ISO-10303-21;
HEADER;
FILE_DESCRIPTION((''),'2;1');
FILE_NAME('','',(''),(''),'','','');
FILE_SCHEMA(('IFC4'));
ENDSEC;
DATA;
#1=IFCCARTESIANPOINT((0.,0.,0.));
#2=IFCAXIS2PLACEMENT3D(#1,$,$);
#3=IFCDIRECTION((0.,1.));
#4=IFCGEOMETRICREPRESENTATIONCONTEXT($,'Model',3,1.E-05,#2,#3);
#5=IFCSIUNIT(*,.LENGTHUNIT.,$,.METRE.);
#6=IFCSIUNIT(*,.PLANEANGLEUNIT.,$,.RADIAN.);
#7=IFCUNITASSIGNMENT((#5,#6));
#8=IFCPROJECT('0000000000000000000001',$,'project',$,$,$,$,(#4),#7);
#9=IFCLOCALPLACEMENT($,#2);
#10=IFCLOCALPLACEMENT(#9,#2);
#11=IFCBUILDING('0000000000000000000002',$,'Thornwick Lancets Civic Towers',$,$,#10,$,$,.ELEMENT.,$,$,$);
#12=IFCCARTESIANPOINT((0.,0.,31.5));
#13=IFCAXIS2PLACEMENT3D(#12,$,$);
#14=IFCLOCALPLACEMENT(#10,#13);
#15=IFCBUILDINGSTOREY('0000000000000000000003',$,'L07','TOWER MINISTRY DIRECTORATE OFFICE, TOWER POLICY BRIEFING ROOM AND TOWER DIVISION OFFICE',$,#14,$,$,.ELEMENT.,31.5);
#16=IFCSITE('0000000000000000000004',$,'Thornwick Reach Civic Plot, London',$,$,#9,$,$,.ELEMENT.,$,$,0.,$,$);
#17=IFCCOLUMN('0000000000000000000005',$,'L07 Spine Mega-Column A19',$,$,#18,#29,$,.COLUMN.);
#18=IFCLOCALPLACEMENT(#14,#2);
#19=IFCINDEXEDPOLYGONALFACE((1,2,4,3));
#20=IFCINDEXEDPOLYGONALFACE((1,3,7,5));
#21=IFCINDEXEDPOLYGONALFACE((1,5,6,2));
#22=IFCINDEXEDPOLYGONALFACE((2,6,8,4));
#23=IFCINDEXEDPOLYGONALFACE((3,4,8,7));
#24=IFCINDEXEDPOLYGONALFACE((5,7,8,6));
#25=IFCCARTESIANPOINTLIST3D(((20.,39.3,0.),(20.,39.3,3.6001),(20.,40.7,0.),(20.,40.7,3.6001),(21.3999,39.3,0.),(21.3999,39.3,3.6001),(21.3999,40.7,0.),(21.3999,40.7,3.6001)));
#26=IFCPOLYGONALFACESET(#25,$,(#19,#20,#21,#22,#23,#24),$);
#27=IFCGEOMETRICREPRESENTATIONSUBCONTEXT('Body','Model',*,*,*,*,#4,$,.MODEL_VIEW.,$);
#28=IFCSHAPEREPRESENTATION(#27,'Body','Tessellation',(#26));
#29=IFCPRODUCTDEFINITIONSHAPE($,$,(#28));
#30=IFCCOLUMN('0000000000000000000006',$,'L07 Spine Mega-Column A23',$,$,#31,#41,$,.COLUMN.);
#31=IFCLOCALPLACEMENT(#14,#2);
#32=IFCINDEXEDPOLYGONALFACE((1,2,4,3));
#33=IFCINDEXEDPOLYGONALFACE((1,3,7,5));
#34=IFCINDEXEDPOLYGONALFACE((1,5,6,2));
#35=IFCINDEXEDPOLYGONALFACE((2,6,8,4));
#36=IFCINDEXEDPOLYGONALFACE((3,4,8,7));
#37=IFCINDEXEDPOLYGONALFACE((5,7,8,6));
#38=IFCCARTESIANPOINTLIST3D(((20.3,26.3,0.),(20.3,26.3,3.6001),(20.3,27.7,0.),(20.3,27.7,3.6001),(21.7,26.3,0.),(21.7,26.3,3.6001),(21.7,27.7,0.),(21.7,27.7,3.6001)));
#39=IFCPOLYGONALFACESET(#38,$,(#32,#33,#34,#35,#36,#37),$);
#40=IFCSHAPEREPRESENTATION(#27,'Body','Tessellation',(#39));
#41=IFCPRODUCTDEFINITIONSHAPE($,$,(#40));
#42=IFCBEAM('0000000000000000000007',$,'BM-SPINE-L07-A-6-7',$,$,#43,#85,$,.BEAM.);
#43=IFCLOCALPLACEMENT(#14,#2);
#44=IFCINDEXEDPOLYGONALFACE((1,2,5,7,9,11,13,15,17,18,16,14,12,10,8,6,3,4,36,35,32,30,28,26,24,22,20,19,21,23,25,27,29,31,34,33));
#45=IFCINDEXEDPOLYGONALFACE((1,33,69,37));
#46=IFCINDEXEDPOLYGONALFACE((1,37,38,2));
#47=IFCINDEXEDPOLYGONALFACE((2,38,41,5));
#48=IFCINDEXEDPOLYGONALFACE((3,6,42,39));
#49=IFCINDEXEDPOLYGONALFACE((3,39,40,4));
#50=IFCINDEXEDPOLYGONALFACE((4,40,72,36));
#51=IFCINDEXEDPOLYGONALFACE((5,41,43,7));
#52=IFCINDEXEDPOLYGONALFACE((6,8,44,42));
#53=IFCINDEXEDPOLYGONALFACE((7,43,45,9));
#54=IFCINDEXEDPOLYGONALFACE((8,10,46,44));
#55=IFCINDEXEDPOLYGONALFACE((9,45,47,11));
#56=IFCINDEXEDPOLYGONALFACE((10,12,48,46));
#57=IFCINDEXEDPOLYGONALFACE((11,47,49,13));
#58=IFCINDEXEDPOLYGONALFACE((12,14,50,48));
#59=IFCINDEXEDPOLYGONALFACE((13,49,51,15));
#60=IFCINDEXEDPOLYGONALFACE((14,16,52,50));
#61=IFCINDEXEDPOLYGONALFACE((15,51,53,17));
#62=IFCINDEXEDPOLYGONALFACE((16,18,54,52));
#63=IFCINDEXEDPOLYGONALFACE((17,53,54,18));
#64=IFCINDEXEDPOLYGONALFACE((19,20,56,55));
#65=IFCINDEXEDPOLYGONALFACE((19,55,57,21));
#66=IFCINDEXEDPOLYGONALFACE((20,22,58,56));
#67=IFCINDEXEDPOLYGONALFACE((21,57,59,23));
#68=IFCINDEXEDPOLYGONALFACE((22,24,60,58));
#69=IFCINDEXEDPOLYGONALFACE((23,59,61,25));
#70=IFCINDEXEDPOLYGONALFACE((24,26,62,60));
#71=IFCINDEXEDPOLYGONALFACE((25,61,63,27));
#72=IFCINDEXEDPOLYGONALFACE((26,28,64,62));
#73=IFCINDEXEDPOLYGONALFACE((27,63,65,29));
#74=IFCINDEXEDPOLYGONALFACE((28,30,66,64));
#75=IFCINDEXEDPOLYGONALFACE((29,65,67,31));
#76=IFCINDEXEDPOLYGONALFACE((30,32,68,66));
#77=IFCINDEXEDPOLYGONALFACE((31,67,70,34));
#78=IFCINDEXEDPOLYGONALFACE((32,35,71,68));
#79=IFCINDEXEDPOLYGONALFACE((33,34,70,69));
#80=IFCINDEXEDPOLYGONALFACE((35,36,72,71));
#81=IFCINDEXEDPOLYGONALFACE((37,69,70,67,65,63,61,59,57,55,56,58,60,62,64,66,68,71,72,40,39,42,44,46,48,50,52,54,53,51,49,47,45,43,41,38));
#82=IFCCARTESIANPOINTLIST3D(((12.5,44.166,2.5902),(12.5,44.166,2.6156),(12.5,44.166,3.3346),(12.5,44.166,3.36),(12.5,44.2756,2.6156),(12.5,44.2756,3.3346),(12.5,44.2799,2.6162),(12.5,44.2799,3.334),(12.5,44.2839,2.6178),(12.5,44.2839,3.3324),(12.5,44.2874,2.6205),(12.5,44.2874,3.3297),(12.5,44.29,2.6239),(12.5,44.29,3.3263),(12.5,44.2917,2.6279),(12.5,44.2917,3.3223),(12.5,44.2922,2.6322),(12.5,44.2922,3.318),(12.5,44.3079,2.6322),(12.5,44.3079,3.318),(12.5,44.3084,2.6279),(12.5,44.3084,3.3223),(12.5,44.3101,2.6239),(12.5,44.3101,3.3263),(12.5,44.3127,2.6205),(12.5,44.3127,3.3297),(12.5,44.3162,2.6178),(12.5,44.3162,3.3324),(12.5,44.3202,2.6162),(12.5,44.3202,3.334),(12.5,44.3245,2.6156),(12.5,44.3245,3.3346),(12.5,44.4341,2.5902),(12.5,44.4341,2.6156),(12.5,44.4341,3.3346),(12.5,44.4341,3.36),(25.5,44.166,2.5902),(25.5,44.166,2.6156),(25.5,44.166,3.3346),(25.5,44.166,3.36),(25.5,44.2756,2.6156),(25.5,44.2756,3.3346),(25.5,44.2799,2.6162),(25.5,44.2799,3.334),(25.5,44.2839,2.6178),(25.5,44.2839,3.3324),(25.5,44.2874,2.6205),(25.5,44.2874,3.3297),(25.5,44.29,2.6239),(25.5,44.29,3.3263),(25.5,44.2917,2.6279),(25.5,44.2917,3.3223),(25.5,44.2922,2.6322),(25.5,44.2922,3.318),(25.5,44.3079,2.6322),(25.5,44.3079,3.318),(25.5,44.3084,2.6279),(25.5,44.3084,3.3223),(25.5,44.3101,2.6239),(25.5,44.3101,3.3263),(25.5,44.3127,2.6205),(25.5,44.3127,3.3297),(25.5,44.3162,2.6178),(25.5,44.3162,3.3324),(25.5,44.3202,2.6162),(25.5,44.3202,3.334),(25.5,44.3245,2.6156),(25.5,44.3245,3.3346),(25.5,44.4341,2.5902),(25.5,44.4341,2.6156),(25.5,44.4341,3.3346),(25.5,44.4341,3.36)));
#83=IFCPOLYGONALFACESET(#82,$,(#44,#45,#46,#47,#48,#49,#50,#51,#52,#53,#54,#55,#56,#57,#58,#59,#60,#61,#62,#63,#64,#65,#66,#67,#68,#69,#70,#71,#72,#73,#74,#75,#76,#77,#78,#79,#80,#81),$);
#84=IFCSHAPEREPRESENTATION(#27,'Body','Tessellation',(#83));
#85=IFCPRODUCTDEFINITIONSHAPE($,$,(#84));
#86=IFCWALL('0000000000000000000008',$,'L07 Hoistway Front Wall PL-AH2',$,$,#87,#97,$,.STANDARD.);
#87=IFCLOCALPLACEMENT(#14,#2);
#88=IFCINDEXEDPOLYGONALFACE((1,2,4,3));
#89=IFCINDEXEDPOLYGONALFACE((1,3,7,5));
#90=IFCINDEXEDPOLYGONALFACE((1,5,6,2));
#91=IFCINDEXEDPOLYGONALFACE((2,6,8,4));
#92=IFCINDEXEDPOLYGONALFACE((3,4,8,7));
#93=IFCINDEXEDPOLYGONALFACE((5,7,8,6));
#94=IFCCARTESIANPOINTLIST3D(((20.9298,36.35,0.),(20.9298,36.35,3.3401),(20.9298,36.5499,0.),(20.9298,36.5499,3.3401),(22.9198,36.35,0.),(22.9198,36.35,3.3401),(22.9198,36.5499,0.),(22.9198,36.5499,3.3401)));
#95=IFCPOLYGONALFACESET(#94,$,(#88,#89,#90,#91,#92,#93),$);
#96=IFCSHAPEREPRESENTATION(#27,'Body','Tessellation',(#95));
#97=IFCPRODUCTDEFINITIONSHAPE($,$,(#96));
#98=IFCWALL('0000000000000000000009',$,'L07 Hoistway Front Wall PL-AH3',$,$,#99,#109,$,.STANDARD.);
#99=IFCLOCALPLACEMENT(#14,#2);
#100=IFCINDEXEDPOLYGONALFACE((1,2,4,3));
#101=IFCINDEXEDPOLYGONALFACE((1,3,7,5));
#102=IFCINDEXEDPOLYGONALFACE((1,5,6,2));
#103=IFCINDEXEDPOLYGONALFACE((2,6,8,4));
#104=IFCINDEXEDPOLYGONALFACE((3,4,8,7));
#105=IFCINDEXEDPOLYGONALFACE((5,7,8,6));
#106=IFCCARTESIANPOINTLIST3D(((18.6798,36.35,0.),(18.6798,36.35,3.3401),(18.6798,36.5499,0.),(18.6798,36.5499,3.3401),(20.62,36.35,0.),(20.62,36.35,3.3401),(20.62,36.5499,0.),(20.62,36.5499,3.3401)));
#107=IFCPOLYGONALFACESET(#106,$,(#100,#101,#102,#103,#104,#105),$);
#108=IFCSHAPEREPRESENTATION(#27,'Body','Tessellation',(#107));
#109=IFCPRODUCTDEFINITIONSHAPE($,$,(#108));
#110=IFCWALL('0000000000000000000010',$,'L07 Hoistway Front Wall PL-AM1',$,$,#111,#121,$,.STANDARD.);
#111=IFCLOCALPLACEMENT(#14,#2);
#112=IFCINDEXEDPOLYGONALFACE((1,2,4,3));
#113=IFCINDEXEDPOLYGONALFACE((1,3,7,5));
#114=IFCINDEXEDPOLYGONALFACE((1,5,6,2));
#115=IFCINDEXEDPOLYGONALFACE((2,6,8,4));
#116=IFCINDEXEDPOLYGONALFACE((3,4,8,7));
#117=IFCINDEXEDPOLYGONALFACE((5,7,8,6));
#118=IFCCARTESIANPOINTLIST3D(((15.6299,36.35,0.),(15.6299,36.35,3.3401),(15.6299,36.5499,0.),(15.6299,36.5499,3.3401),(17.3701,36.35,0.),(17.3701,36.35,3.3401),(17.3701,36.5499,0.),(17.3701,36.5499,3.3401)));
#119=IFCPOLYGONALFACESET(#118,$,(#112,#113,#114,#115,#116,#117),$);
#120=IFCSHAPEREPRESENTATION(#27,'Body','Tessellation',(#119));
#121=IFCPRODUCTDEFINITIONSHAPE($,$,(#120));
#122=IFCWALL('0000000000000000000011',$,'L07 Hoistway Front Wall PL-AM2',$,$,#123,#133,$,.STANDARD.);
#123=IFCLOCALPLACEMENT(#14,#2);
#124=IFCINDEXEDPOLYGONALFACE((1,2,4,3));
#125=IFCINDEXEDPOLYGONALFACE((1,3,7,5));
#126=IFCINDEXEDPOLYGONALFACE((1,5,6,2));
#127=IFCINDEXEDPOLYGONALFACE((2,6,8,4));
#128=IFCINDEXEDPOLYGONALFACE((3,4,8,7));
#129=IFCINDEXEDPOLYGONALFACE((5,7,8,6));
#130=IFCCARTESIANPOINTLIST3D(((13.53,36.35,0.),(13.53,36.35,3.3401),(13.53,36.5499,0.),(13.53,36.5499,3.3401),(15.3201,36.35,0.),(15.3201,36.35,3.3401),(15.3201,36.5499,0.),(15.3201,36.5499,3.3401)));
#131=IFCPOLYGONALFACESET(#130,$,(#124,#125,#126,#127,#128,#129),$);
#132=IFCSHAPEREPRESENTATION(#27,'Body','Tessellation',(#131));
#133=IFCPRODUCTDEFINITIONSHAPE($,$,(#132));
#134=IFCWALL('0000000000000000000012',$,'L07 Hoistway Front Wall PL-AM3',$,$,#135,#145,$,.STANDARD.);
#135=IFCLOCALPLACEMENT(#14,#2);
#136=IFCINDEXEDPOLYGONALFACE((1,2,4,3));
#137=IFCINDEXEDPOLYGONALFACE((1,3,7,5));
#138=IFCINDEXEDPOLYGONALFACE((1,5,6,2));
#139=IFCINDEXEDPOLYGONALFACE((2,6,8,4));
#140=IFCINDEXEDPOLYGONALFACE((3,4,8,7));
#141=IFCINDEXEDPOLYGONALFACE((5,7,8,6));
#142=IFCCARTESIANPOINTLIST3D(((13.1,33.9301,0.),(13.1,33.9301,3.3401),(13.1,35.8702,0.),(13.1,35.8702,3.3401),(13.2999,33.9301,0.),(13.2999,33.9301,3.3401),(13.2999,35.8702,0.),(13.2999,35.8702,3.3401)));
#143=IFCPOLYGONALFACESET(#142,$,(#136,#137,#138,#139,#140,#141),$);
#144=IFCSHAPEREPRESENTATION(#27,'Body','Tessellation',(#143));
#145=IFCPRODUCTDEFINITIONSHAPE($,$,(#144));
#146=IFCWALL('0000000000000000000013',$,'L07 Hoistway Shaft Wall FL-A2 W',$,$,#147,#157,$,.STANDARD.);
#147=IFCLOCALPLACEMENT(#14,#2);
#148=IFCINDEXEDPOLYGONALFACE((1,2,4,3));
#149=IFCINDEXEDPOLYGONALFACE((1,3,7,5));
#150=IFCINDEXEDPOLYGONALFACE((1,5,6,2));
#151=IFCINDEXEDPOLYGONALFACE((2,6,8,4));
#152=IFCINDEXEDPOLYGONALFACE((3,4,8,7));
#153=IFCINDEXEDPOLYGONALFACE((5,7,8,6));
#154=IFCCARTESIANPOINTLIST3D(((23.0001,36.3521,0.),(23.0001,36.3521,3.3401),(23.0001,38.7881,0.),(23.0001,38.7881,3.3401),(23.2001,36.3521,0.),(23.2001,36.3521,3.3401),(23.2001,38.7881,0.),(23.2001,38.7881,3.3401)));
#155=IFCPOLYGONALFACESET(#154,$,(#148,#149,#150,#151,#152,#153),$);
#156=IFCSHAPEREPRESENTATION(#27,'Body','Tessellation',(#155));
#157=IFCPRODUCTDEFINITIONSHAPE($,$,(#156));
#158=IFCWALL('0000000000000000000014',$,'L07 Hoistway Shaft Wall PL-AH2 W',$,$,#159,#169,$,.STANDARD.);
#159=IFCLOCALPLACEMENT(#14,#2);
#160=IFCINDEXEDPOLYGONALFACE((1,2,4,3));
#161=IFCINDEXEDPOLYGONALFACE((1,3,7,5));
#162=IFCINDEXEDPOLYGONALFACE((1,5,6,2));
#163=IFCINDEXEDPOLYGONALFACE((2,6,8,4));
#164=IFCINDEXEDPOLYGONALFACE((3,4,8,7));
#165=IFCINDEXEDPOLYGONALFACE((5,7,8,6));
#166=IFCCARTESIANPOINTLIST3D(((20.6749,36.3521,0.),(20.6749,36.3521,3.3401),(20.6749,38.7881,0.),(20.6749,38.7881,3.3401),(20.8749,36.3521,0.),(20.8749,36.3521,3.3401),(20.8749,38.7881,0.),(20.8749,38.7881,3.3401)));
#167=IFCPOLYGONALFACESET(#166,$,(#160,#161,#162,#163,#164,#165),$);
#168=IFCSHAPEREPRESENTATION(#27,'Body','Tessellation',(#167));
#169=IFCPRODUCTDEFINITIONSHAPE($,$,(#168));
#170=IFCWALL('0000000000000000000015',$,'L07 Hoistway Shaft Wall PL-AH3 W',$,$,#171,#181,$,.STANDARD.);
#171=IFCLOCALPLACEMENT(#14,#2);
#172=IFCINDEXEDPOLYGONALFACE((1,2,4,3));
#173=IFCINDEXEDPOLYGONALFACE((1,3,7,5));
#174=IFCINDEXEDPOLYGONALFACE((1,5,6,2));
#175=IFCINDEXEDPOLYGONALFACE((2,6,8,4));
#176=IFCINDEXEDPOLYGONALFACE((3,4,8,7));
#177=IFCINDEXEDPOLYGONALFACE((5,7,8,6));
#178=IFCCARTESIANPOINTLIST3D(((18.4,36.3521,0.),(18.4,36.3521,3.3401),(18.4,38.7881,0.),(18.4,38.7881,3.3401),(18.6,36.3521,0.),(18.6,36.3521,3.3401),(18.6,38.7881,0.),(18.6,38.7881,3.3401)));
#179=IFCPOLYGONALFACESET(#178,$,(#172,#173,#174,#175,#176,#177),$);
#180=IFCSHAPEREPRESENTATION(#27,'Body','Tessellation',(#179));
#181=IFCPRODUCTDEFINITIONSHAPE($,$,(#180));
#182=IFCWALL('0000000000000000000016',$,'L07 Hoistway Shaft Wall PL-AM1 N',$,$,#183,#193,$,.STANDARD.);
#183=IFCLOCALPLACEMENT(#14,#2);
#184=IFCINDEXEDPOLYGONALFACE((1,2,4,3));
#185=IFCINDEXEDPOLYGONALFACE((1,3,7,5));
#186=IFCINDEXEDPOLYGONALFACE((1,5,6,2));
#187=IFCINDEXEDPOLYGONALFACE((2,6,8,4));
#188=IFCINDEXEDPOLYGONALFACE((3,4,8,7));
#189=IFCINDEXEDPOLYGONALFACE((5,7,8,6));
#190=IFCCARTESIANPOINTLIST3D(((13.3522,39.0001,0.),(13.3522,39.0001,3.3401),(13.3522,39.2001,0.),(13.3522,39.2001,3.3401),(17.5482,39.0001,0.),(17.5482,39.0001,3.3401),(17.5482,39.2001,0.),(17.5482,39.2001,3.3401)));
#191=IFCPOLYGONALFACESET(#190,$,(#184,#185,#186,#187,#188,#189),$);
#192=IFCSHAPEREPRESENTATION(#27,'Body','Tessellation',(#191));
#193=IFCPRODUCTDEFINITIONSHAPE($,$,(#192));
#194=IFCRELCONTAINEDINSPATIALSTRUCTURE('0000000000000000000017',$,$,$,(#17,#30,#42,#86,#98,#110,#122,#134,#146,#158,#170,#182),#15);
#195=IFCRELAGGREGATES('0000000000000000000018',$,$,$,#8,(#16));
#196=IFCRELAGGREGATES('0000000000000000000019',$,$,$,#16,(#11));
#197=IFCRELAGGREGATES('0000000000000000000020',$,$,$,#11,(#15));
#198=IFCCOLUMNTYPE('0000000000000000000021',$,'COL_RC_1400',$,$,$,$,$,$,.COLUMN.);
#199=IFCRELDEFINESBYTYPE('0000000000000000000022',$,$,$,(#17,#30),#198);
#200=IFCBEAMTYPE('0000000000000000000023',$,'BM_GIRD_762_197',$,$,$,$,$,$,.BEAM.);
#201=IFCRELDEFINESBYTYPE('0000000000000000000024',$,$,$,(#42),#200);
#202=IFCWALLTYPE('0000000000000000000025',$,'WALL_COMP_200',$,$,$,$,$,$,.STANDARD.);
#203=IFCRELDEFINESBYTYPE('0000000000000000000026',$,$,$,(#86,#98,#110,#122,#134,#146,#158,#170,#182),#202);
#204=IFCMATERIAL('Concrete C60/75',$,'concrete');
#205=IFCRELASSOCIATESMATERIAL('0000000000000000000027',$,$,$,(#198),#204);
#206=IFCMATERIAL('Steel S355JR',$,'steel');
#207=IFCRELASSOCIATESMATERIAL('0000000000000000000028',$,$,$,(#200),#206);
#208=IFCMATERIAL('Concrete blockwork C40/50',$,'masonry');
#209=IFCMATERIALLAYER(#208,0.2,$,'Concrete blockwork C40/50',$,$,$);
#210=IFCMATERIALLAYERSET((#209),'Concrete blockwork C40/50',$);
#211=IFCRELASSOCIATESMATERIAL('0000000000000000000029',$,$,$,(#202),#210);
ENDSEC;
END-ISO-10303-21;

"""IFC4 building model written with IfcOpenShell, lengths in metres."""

from ifc_helpers import new_model, si_unit, direction, frame, frame_2d, origin, origin_2d, place, context, subcontext, project, spatial, rectangle, i_section, extrude, material, layer, layer_set, material_profile, profile_set, type_object, element, save


model = new_model("IFC4")

# Units and contexts
model_context = context("Model", 3, precision=1e-05, world=origin(), true_north=direction((0.0, 1.0)))
body_context = subcontext(model_context, "Body", "Model", "MODEL_VIEW")
ifc_project = project(units=[si_unit("LENGTHUNIT", "METRE"), si_unit("PLANEANGLEUNIT", "RADIAN")], contexts=[model_context])

# Site, building, storey
site_placement = place(None, origin())
site = spatial("IfcSite", under=ifc_project, at=site_placement, Name="Thornwick Reach Civic Plot, London", CompositionType="ELEMENT", RefElevation=0.0)
building_placement = place(site_placement, origin())
building = spatial("IfcBuilding", under=site, at=building_placement, Name="Thornwick Lancets Civic Towers", CompositionType="ELEMENT")
storey_placement = place(building_placement, frame((0.0, 0.0, 31.5)))
storey = spatial("IfcBuildingStorey", under=building, at=storey_placement, Name="L07", Description="TOWER MINISTRY DIRECTORATE OFFICE, TOWER POLICY BRIEFING ROOM AND TOWER DIVISION OFFICE", CompositionType="ELEMENT", Elevation=31.5)

# Columns
ifc_material_1 = material(Name="Concrete C60/75", Category="concrete")
ifc_material_profile_1 = material_profile(ifc_material_1, rectangle(XDim=1.3999, YDim=1.3999, at=origin_2d()), Name="RC 1400x1400")
ifc_profile_set_1 = profile_set([ifc_material_profile_1], Name="Concrete C60/75")
column_type = type_object("IfcColumnType", Name="COL_RC_1400", PredefinedType="COLUMN", material=ifc_profile_set_1)
for number, where, z_axis, x_axis, name in (
    (1, (20.7, 40.0, 0.0), (0.0, 0.0, 1.0), (1.0, 0.0, 0.0), "L07 Spine Mega-Column A19"),
    (2, (21.0, 27.0, 0.0), (0.0, 0.0, 1.0), (1.0, 0.0, 0.0), "L07 Spine Mega-Column A23"),
):
    element("IfcColumn", number, at=place(storey_placement, frame(where, z_axis=z_axis, x_axis=x_axis)), inside=storey, type_object=column_type, Name=name, PredefinedType="COLUMN", context=body_context, shape_type="SweptSolid", body=[
        extrude(rectangle(XDim=1.3999, YDim=1.3999, at=origin_2d()), origin(), (0.0, 0.0, 1.0), 3.6001),
    ])

# Beam
ifc_material_2 = material(Name="Steel S355JR", Category="steel")
ifc_material_profile_2 = material_profile(ifc_material_2, i_section(OverallWidth=0.2681, OverallDepth=0.7698, WebThickness=0.0156, FlangeThickness=0.0254, FilletRadius=0.0166, at=origin_2d()), Name="UKB 762x267x197")
ifc_profile_set_2 = profile_set([ifc_material_profile_2], Name="Steel S355JR")
beam_type = type_object("IfcBeamType", Name="BM_GIRD_762_197", PredefinedType="BEAM", material=ifc_profile_set_2)
beam_placement = place(storey_placement, frame((12.5, 44.3, 2.9751), z_axis=(1.0, 0.0, 0.0), x_axis=(0.0, 1.0, 0.0)))
element("IfcBeam", 3, at=beam_placement, inside=storey, type_object=beam_type, Name="BM-SPINE-L07-A-6-7", PredefinedType="BEAM", context=body_context, shape_type="SweptSolid", body=[
    extrude(i_section(OverallWidth=0.2681, OverallDepth=0.7698, WebThickness=0.0156, FlangeThickness=0.0254, FilletRadius=0.0166, at=origin_2d()), origin(), (0.0, 0.0, 1.0), 13.0),
])

# Walls
ifc_material_3 = material(Name="Concrete blockwork C40/50", Category="masonry")
ifc_layer_1 = layer(ifc_material_3, 0.2, Name="Concrete blockwork C40/50")
ifc_layer_set_1 = layer_set([ifc_layer_1], Name="Concrete blockwork C40/50")
wall_type_1 = type_object("IfcWallType", Name="WALL_COMP_200", PredefinedType="STANDARD", material=ifc_layer_set_1)
wall_1_placement = place(storey_placement, frame((22.9199, 36.45, 0.0), z_axis=(0.0, 0.0, 1.0), x_axis=(-1.0, 0.0, 0.0)))
element("IfcWall", 4, at=wall_1_placement, inside=storey, type_object=wall_type_1, Name="L07 Hoistway Front Wall PL-AH2", PredefinedType="STANDARD", context=body_context, shape_type="SweptSolid", body=[
    extrude(rectangle(XDim=1.99, YDim=0.2, at=frame_2d((0.9951, 0.0))), origin(), (0.0, 0.0, 1.0), 3.3401),
])
wall_2_placement = place(storey_placement, frame((20.6201, 36.45, 0.0), z_axis=(0.0, 0.0, 1.0), x_axis=(-1.0, 0.0, 0.0)))
element("IfcWall", 5, at=wall_2_placement, inside=storey, type_object=wall_type_1, Name="L07 Hoistway Front Wall PL-AH3", PredefinedType="STANDARD", context=body_context, shape_type="SweptSolid", body=[
    extrude(rectangle(XDim=1.9402, YDim=0.2, at=frame_2d((0.9702, 0.0))), origin(), (0.0, 0.0, 1.0), 3.3401),
])
wall_3_placement = place(storey_placement, frame((17.3701, 36.45, 0.0), z_axis=(0.0, 0.0, 1.0), x_axis=(-1.0, 0.0, 0.0)))
element("IfcWall", 6, at=wall_3_placement, inside=storey, type_object=wall_type_1, Name="L07 Hoistway Front Wall PL-AM1", PredefinedType="STANDARD", context=body_context, shape_type="SweptSolid", body=[
    extrude(rectangle(XDim=1.7402, YDim=0.2, at=frame_2d((0.8701, 0.0))), origin(), (0.0, 0.0, 1.0), 3.3401),
])
wall_4_placement = place(storey_placement, frame((15.3201, 36.45, 0.0), z_axis=(0.0, 0.0, 1.0), x_axis=(-1.0, 0.0, 0.0)))
element("IfcWall", 7, at=wall_4_placement, inside=storey, type_object=wall_type_1, Name="L07 Hoistway Front Wall PL-AM2", PredefinedType="STANDARD", context=body_context, shape_type="SweptSolid", body=[
    extrude(rectangle(XDim=1.79, YDim=0.2, at=frame_2d((0.895, 0.0))), origin(), (0.0, 0.0, 1.0), 3.3401),
])
wall_5_placement = place(storey_placement, frame((13.2, 33.9299, 0.0), z_axis=(0.0, 0.0, 1.0), x_axis=(0.0, 1.0, 0.0)))
element("IfcWall", 8, at=wall_5_placement, inside=storey, type_object=wall_type_1, Name="L07 Hoistway Front Wall PL-AM3", PredefinedType="STANDARD", context=body_context, shape_type="SweptSolid", body=[
    extrude(rectangle(XDim=1.9402, YDim=0.2, at=frame_2d((0.9702, 0.0))), origin(), (0.0, 0.0, 1.0), 3.3401),
])
for number, where, z_axis, x_axis, name in (
    (9, (23.1001, 36.3521, 0.0), (0.0, 0.0, 1.0), (0.0, 1.0, 0.0), "L07 Hoistway Shaft Wall FL-A2 W"),
    (10, (20.7749, 36.3521, 0.0), (0.0, 0.0, 1.0), (0.0, 1.0, 0.0), "L07 Hoistway Shaft Wall PL-AH2 W"),
    (11, (18.5, 36.3521, 0.0), (0.0, 0.0, 1.0), (0.0, 1.0, 0.0), "L07 Hoistway Shaft Wall PL-AH3 W"),
):
    element("IfcWall", number, at=place(storey_placement, frame(where, z_axis=z_axis, x_axis=x_axis)), inside=storey, type_object=wall_type_1, Name=name, PredefinedType="STANDARD", context=body_context, shape_type="SweptSolid", body=[
        extrude(rectangle(XDim=2.436, YDim=0.2, at=frame_2d((1.218, 0.0))), origin(), (0.0, 0.0, 1.0), 3.3401),
    ])
wall_6_placement = place(storey_placement, frame((13.3521, 39.1001, 0.0), z_axis=(0.0, 0.0, 1.0), x_axis=(1.0, 0.0, 0.0)))
element("IfcWall", 12, at=wall_6_placement, inside=storey, type_object=wall_type_1, Name="L07 Hoistway Shaft Wall PL-AM1 N", PredefinedType="STANDARD", context=body_context, shape_type="SweptSolid", body=[
    extrude(rectangle(XDim=4.196, YDim=0.2, at=frame_2d((2.0981, 0.0))), origin(), (0.0, 0.0, 1.0), 3.3401),
])

save(model, "model.ifc")
